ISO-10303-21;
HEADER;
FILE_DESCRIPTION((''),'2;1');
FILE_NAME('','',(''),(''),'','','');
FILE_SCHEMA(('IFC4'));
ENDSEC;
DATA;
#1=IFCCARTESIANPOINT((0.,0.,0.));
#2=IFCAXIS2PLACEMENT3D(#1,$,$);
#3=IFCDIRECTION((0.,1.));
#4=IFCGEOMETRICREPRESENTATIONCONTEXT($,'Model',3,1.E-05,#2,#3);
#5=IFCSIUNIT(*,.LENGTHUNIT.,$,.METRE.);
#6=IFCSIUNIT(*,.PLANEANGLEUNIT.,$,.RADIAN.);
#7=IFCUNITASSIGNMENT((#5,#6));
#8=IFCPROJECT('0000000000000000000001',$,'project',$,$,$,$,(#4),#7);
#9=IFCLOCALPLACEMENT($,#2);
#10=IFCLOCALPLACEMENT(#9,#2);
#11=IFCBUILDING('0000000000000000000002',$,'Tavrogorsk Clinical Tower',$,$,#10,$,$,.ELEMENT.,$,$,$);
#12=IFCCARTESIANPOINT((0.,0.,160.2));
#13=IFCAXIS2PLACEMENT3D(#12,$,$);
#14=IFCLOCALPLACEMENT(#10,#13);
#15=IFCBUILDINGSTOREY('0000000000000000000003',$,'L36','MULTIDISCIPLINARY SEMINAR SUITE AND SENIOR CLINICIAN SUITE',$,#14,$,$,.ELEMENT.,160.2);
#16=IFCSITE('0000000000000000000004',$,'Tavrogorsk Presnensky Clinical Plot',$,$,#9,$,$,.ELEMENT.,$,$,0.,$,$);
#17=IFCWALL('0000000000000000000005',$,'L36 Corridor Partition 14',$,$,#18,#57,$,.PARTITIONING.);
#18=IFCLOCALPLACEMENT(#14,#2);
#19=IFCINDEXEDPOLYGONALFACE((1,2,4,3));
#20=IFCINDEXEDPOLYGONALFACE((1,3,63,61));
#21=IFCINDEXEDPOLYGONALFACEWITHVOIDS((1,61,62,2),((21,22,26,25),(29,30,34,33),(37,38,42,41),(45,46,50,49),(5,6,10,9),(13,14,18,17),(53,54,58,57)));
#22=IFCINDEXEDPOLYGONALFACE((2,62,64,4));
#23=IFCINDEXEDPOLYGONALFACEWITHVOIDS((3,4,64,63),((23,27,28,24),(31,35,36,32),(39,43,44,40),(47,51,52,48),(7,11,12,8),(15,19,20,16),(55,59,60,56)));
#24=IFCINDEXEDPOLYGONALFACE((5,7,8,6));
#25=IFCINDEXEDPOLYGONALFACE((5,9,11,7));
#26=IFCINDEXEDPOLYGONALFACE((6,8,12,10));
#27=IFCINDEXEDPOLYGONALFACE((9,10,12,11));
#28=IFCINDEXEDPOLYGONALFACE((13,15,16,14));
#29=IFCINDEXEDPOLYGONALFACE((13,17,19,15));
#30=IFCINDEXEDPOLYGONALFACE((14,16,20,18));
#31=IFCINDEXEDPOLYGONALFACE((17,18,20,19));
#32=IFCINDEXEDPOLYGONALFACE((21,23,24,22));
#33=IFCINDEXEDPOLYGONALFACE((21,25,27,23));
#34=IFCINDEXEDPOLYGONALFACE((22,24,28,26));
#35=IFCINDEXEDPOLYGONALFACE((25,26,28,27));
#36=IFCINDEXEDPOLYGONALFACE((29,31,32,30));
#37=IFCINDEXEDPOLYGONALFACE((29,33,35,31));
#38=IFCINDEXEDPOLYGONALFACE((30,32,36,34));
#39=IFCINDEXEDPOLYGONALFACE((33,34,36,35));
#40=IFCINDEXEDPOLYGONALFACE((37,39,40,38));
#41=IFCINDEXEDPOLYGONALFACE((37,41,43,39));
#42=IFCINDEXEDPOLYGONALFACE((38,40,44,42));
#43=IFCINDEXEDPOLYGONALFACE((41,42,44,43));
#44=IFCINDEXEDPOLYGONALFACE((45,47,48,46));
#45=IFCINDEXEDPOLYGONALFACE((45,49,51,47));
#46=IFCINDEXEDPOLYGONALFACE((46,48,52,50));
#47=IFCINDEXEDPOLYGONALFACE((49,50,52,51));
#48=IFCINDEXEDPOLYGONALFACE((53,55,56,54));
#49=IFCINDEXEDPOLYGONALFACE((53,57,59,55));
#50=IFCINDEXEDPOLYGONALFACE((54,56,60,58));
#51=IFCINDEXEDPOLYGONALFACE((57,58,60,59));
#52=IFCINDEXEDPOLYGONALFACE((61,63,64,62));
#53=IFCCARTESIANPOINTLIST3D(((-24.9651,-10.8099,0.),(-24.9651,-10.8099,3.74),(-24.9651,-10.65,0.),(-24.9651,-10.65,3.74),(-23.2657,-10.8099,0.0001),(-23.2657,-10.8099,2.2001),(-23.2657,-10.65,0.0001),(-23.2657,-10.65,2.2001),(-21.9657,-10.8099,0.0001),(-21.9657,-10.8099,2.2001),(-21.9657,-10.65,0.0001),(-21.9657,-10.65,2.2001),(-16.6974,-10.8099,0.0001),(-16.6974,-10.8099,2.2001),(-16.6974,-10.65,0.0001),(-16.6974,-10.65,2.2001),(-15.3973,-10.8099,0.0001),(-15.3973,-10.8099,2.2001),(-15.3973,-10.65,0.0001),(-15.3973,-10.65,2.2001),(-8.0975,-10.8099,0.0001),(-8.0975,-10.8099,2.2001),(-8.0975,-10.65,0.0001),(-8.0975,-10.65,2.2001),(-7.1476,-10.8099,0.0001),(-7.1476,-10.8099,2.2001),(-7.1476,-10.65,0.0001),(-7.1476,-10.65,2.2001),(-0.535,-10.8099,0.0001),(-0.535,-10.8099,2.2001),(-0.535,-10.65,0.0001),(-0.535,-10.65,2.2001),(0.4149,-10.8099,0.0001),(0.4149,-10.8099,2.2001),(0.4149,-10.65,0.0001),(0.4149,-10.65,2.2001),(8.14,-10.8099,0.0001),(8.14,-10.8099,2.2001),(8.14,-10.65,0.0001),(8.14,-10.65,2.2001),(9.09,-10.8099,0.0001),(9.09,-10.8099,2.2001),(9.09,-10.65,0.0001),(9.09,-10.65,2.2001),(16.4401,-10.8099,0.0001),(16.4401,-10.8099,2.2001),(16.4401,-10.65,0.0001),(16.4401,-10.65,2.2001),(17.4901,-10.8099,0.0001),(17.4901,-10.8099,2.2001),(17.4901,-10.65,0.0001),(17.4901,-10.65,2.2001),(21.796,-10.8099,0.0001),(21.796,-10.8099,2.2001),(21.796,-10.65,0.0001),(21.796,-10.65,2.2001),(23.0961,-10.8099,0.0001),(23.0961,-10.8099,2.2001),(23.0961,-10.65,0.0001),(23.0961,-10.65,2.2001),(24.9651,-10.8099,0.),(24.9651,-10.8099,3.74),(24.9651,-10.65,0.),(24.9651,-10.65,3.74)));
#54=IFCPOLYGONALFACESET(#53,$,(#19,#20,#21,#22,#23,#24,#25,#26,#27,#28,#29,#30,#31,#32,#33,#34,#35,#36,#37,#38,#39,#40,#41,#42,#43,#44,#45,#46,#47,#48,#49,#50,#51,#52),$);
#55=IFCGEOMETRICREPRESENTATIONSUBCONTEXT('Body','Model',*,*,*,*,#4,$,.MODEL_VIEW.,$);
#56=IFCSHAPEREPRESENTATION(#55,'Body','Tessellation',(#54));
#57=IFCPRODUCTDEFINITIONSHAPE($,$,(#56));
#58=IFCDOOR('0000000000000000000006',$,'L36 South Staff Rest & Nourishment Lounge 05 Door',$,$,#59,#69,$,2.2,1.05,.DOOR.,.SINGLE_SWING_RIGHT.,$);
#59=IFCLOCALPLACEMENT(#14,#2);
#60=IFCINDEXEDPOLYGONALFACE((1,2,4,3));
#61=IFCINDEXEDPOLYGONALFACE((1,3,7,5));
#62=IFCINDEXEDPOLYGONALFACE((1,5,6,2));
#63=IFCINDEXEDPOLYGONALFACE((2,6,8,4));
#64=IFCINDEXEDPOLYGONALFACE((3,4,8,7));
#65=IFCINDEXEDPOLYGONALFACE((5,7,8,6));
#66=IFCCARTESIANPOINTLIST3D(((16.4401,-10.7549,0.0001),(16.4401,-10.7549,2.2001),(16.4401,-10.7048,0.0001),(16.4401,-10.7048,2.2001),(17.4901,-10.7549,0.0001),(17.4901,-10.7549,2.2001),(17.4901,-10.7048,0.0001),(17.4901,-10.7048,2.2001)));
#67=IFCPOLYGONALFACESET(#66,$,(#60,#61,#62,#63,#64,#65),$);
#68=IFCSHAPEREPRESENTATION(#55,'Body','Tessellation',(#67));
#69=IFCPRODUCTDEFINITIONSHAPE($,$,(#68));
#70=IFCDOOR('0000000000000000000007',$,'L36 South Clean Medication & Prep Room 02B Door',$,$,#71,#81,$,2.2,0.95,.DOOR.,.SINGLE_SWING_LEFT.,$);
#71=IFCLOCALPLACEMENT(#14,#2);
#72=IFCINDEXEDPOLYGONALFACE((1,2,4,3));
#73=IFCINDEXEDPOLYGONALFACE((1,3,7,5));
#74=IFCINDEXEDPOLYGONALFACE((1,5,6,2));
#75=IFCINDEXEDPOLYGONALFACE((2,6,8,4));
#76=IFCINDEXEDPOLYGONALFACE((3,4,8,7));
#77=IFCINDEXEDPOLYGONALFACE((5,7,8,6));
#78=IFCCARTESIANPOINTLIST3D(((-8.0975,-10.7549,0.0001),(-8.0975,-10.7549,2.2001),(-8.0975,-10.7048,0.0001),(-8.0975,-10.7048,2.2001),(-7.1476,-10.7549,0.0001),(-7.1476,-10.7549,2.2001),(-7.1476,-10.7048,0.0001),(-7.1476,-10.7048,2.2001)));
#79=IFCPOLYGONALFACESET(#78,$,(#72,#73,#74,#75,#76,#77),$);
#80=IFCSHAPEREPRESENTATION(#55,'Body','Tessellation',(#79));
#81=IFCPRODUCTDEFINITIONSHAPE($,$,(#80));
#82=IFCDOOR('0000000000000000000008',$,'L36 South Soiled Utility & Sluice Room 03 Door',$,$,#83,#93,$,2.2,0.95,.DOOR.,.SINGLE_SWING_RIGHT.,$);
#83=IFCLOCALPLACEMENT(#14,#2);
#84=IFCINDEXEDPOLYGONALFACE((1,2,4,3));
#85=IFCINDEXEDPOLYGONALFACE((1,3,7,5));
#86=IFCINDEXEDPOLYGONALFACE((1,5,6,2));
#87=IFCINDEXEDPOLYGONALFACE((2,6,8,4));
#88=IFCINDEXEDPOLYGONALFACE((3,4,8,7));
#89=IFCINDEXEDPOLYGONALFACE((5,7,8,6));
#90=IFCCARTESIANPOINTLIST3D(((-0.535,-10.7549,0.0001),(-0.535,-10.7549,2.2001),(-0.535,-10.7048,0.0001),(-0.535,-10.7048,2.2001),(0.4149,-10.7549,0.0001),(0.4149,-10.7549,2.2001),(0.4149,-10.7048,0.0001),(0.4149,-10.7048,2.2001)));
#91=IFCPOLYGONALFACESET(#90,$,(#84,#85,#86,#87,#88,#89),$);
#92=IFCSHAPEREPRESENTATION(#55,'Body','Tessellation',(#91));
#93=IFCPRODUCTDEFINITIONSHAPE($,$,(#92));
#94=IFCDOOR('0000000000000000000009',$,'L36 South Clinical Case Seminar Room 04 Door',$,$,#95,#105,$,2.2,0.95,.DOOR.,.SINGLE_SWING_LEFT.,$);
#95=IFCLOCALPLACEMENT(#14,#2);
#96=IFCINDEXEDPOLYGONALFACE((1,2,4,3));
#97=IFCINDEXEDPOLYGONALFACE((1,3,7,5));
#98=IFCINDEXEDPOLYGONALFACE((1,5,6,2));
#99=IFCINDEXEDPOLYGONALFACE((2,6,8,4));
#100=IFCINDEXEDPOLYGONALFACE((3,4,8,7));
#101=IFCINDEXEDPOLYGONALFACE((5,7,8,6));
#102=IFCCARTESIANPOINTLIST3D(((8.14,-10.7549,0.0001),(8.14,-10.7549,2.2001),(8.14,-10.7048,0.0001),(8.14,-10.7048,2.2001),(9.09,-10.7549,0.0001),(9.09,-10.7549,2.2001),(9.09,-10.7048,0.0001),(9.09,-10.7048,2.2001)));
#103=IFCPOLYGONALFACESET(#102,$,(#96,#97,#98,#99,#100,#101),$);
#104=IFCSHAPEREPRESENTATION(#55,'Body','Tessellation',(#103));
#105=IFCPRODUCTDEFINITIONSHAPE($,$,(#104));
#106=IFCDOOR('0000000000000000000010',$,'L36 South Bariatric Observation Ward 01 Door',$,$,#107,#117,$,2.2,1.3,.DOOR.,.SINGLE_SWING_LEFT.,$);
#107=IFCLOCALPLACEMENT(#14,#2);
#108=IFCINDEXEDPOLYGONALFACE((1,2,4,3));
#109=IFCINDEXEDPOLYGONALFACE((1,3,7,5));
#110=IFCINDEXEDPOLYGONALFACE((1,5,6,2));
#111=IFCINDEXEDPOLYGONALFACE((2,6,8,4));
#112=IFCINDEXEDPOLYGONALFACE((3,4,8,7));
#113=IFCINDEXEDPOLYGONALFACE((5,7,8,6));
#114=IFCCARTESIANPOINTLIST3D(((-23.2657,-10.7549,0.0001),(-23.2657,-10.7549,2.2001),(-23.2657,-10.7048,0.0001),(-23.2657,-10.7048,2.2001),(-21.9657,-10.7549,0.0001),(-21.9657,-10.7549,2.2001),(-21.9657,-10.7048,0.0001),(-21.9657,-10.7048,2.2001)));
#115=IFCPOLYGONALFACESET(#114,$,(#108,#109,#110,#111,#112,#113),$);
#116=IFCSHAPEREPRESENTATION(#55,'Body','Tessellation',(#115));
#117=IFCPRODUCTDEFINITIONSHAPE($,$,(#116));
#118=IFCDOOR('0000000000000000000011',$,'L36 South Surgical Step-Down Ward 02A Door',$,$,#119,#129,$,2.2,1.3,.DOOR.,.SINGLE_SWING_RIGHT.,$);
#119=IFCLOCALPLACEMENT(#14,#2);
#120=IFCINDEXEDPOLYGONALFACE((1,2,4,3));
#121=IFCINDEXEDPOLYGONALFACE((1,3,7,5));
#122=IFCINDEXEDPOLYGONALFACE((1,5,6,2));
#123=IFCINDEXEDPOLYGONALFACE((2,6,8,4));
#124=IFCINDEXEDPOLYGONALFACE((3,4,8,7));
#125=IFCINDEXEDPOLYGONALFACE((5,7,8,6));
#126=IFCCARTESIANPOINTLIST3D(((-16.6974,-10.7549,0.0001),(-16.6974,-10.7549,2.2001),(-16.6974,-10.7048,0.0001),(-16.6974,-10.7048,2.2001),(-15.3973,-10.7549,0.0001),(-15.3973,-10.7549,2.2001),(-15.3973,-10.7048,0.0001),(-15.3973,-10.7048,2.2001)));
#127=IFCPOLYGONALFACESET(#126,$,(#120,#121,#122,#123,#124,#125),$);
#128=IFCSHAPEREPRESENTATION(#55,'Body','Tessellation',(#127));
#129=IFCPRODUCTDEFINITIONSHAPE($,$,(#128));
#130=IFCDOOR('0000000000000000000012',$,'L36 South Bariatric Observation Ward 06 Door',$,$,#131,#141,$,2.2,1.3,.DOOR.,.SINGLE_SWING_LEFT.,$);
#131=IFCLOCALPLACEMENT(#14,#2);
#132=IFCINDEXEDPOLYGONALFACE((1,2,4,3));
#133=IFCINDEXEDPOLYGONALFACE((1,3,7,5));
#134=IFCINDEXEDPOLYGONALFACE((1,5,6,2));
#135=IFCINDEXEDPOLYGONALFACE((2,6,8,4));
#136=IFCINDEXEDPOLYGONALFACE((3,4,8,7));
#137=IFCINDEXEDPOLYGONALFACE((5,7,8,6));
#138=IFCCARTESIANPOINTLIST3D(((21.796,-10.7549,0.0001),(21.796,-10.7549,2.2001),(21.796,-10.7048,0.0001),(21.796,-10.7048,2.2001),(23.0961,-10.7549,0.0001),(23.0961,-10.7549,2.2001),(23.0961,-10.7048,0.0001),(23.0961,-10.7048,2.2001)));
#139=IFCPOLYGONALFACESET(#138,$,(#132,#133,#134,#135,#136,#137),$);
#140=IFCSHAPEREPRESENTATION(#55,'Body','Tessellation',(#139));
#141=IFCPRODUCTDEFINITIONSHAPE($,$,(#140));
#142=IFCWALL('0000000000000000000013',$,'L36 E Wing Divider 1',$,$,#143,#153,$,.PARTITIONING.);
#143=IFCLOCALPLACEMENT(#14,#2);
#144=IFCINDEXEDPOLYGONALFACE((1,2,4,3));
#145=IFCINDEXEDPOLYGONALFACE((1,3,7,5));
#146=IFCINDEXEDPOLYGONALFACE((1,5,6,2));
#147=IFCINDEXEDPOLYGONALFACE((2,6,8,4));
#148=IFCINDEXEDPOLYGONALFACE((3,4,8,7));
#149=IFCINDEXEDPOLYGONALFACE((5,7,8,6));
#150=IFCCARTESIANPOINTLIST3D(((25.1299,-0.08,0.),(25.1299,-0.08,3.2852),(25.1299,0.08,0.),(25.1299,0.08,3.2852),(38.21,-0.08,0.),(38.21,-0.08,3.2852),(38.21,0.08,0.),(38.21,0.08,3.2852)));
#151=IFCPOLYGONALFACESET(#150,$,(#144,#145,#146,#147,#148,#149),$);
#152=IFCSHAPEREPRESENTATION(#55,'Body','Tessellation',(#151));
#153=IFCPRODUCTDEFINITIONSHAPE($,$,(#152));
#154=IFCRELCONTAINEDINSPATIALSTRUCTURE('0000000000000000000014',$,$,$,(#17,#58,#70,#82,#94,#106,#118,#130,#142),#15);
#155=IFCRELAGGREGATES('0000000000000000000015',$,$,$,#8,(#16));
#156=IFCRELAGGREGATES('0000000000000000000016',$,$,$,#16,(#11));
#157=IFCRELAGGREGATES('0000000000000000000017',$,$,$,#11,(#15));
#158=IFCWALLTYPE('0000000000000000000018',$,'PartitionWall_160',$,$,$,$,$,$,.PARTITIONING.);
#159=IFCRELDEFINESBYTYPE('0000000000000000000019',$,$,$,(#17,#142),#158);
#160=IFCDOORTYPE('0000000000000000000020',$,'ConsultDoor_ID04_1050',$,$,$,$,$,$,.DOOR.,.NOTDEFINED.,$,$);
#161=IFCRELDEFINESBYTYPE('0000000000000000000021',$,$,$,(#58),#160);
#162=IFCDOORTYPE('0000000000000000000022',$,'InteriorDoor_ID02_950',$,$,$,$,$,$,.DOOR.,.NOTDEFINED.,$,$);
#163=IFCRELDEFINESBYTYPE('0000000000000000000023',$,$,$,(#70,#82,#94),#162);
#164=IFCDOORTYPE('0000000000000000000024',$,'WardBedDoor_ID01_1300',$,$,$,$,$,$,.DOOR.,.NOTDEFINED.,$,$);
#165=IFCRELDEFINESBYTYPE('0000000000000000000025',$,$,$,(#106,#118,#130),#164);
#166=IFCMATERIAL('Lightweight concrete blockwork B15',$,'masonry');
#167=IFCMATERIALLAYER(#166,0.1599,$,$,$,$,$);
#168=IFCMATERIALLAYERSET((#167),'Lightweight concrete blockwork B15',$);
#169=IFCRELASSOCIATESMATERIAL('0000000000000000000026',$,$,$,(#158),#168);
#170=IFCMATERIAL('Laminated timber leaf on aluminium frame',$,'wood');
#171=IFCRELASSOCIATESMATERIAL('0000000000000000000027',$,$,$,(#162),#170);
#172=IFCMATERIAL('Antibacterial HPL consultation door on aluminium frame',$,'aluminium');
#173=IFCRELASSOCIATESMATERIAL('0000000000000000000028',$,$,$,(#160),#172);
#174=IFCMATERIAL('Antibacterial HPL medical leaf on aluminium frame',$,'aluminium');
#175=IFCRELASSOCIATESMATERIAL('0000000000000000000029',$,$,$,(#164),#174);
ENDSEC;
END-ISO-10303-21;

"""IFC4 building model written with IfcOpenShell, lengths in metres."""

from ifc_helpers import new_model, si_unit, direction, frame, frame_2d, origin, place, context, subcontext, project, spatial, rectangle, extrude, material, layer, layer_set, type_object, element, fill, save


model = new_model("IFC4")

# Units and contexts
model_context = context("Model", 3, precision=1e-05, world=origin(), true_north=direction((0.0, 1.0)))
body_context = subcontext(model_context, "Body", "Model", "MODEL_VIEW")
ifc_project = project(units=[si_unit("LENGTHUNIT", "METRE"), si_unit("PLANEANGLEUNIT", "RADIAN")], contexts=[model_context])

# Site, building, storey
site_placement = place(None, origin())
site = spatial("IfcSite", under=ifc_project, at=site_placement, Name="Tavrogorsk Presnensky Clinical Plot", CompositionType="ELEMENT", RefElevation=0.0)
building_placement = place(site_placement, origin())
building = spatial("IfcBuilding", under=site, at=building_placement, Name="Tavrogorsk Clinical Tower", CompositionType="ELEMENT")
storey_placement = place(building_placement, frame((0.0, 0.0, 160.2)))
storey = spatial("IfcBuildingStorey", under=building, at=storey_placement, Name="L36", Description="MULTIDISCIPLINARY SEMINAR SUITE AND SENIOR CLINICIAN SUITE", CompositionType="ELEMENT", Elevation=160.2)

# Shared definitions
ifc_material_1 = material(Name="Lightweight concrete blockwork B15", Category="masonry")
ifc_layer = layer(ifc_material_1, 0.1599)
ifc_layer_set = layer_set([ifc_layer], Name="Lightweight concrete blockwork B15")
wall_type = type_object("IfcWallType", Name="PartitionWall_160", PredefinedType="PARTITIONING", material=ifc_layer_set)
ifc_material_2 = material(Name="Laminated timber leaf on aluminium frame", Category="wood")
door_type_1 = type_object("IfcDoorType", Name="InteriorDoor_ID02_950", OperationType="NOTDEFINED", PredefinedType="DOOR", material=ifc_material_2)

# Wall, openings, doors
wall_1_placement = place(storey_placement, frame((24.9651, -10.73, 0.0), z_axis=(0.0, 0.0, 1.0), x_axis=(-1.0, 0.0, 0.0)))
wall_1 = element("IfcWall", 1, at=wall_1_placement, inside=storey, type_object=wall_type, Name="L36 Corridor Partition 14", PredefinedType="PARTITIONING", context=body_context, shape_type="SweptSolid", body=[
    extrude(rectangle(XDim=49.9302, YDim=0.1599, at=frame_2d((24.9651, 0.0))), origin(), (0.0, 0.0, 1.0), 3.74),
])
opening_1_placement = place(wall_1_placement, frame((46.9309, 0.0, 0.0)))
opening_1 = element("IfcOpeningElement", 2, at=opening_1_placement, cuts=wall_1, PredefinedType="OPENING", context=body_context, shape_type="SweptSolid", body=[
    extrude(rectangle(XDim=1.3, YDim=2.2, at=frame_2d((0.6499, 1.1001))), frame((0.0, 0.0898, 0.0), z_axis=(0.0, -1.0, 0.0), x_axis=(1.0, 0.0, 0.0)), (0.0, 0.0, 1.0), 0.1799),
])
opening_2_placement = place(wall_1_placement, frame((40.3625, 0.0, 0.0)))
opening_2 = element("IfcOpeningElement", 3, at=opening_2_placement, cuts=wall_1, PredefinedType="OPENING", context=body_context, shape_type="SweptSolid", body=[
    extrude(rectangle(XDim=1.3, YDim=2.2, at=frame_2d((0.6499, 1.1001))), frame((0.0, 0.0898, 0.0), z_axis=(0.0, -1.0, 0.0), x_axis=(1.0, 0.0, 0.0)), (0.0, 0.0, 1.0), 0.1799),
])
opening_3_placement = place(wall_1_placement, frame((32.1125, 0.0, 0.0)))
opening_3 = element("IfcOpeningElement", 4, at=opening_3_placement, cuts=wall_1, PredefinedType="OPENING", context=body_context, shape_type="SweptSolid", body=[
    extrude(rectangle(XDim=0.95, YDim=2.2, at=frame_2d((0.4751, 1.1001))), frame((0.0, 0.0898, 0.0), z_axis=(0.0, -1.0, 0.0), x_axis=(1.0, 0.0, 0.0)), (0.0, 0.0, 1.0), 0.1799),
])
opening_4_placement = place(wall_1_placement, frame((24.55, 0.0, 0.0)))
opening_4 = element("IfcOpeningElement", 5, at=opening_4_placement, cuts=wall_1, PredefinedType="OPENING", context=body_context, shape_type="SweptSolid", body=[
    extrude(rectangle(XDim=0.95, YDim=2.2, at=frame_2d((0.4751, 1.1001))), frame((0.0, 0.0898, 0.0), z_axis=(0.0, -1.0, 0.0), x_axis=(1.0, 0.0, 0.0)), (0.0, 0.0, 1.0), 0.1799),
])
opening_5_placement = place(wall_1_placement, frame((15.875, 0.0, 0.0)))
opening_5 = element("IfcOpeningElement", 6, at=opening_5_placement, cuts=wall_1, PredefinedType="OPENING", context=body_context, shape_type="SweptSolid", body=[
    extrude(rectangle(XDim=0.95, YDim=2.2, at=frame_2d((0.4751, 1.1001))), frame((0.0, 0.0898, 0.0), z_axis=(0.0, -1.0, 0.0), x_axis=(1.0, 0.0, 0.0)), (0.0, 0.0, 1.0), 0.1799),
])
opening_6_placement = place(wall_1_placement, frame((7.4751, 0.0, 0.0)))
opening_6 = element("IfcOpeningElement", 7, at=opening_6_placement, cuts=wall_1, PredefinedType="OPENING", context=body_context, shape_type="SweptSolid", body=[
    extrude(rectangle(XDim=1.05, YDim=2.2, at=frame_2d((0.5249, 1.1001))), frame((0.0, 0.0898, 0.0), z_axis=(0.0, -1.0, 0.0), x_axis=(1.0, 0.0, 0.0)), (0.0, 0.0, 1.0), 0.1799),
])
opening_7_placement = place(wall_1_placement, frame((1.8691, 0.0, 0.0)))
opening_7 = element("IfcOpeningElement", 8, at=opening_7_placement, cuts=wall_1, PredefinedType="OPENING", context=body_context, shape_type="SweptSolid", body=[
    extrude(rectangle(XDim=1.3, YDim=2.2, at=frame_2d((0.6499, 1.1001))), frame((0.0, 0.0898, 0.0), z_axis=(0.0, -1.0, 0.0), x_axis=(1.0, 0.0, 0.0)), (0.0, 0.0, 1.0), 0.1799),
])
ifc_material_3 = material(Name="Antibacterial HPL consultation door on aluminium frame", Category="aluminium")
door_type_2 = type_object("IfcDoorType", Name="ConsultDoor_ID04_1050", OperationType="NOTDEFINED", PredefinedType="DOOR", material=ifc_material_3)
door_1_placement = place(opening_6_placement, origin())
door_1 = element("IfcDoor", 9, at=door_1_placement, inside=storey, type_object=door_type_2, Name="L36 South Staff Rest & Nourishment Lounge 05 Door", OperationType="SINGLE_SWING_RIGHT", OverallHeight=2.2, OverallWidth=1.05, PredefinedType="DOOR", context=body_context, shape_type="SweptSolid", body=[
    extrude(rectangle(XDim=1.05, YDim=2.2, at=frame_2d((0.5249, 1.1001))), frame((0.0, 0.0249, 0.0), z_axis=(0.0, -1.0, 0.0), x_axis=(1.0, 0.0, 0.0)), (0.0, 0.0, 1.0), 0.05),
])
fill(opening_6, door_1)
door_2_placement = place(opening_3_placement, origin())
door_2 = element("IfcDoor", 10, at=door_2_placement, inside=storey, type_object=door_type_1, Name="L36 South Clean Medication & Prep Room 02B Door", OperationType="SINGLE_SWING_LEFT", OverallHeight=2.2, OverallWidth=0.95, PredefinedType="DOOR", context=body_context, shape_type="SweptSolid", body=[
    extrude(rectangle(XDim=0.95, YDim=2.2, at=frame_2d((0.4751, 1.1001))), frame((0.0, 0.0249, 0.0), z_axis=(0.0, -1.0, 0.0), x_axis=(1.0, 0.0, 0.0)), (0.0, 0.0, 1.0), 0.05),
])
fill(opening_3, door_2)
door_3_placement = place(opening_4_placement, origin())
door_3 = element("IfcDoor", 11, at=door_3_placement, inside=storey, type_object=door_type_1, Name="L36 South Soiled Utility & Sluice Room 03 Door", OperationType="SINGLE_SWING_RIGHT", OverallHeight=2.2, OverallWidth=0.95, PredefinedType="DOOR", context=body_context, shape_type="SweptSolid", body=[
    extrude(rectangle(XDim=0.95, YDim=2.2, at=frame_2d((0.4751, 1.1001))), frame((0.0, 0.0249, 0.0), z_axis=(0.0, -1.0, 0.0), x_axis=(1.0, 0.0, 0.0)), (0.0, 0.0, 1.0), 0.05),
])
fill(opening_4, door_3)
door_4_placement = place(opening_5_placement, origin())
door_4 = element("IfcDoor", 12, at=door_4_placement, inside=storey, type_object=door_type_1, Name="L36 South Clinical Case Seminar Room 04 Door", OperationType="SINGLE_SWING_LEFT", OverallHeight=2.2, OverallWidth=0.95, PredefinedType="DOOR", context=body_context, shape_type="SweptSolid", body=[
    extrude(rectangle(XDim=0.95, YDim=2.2, at=frame_2d((0.4751, 1.1001))), frame((0.0, 0.0249, 0.0), z_axis=(0.0, -1.0, 0.0), x_axis=(1.0, 0.0, 0.0)), (0.0, 0.0, 1.0), 0.05),
])
fill(opening_5, door_4)
ifc_material_4 = material(Name="Antibacterial HPL medical leaf on aluminium frame", Category="aluminium")
door_type_3 = type_object("IfcDoorType", Name="WardBedDoor_ID01_1300", OperationType="NOTDEFINED", PredefinedType="DOOR", material=ifc_material_4)
door_5_placement = place(opening_1_placement, origin())
door_5 = element("IfcDoor", 13, at=door_5_placement, inside=storey, type_object=door_type_3, Name="L36 South Bariatric Observation Ward 01 Door", OperationType="SINGLE_SWING_LEFT", OverallHeight=2.2, OverallWidth=1.3, PredefinedType="DOOR", context=body_context, shape_type="SweptSolid", body=[
    extrude(rectangle(XDim=1.3, YDim=2.2, at=frame_2d((0.6499, 1.1001))), frame((0.0, 0.0249, 0.0), z_axis=(0.0, -1.0, 0.0), x_axis=(1.0, 0.0, 0.0)), (0.0, 0.0, 1.0), 0.05),
])
fill(opening_1, door_5)
door_6_placement = place(opening_2_placement, origin())
door_6 = element("IfcDoor", 14, at=door_6_placement, inside=storey, type_object=door_type_3, Name="L36 South Surgical Step-Down Ward 02A Door", OperationType="SINGLE_SWING_RIGHT", OverallHeight=2.2, OverallWidth=1.3, PredefinedType="DOOR", context=body_context, shape_type="SweptSolid", body=[
    extrude(rectangle(XDim=1.3, YDim=2.2, at=frame_2d((0.6499, 1.1001))), frame((0.0, 0.0249, 0.0), z_axis=(0.0, -1.0, 0.0), x_axis=(1.0, 0.0, 0.0)), (0.0, 0.0, 1.0), 0.05),
])
fill(opening_2, door_6)
door_7_placement = place(opening_7_placement, origin())
door_7 = element("IfcDoor", 15, at=door_7_placement, inside=storey, type_object=door_type_3, Name="L36 South Bariatric Observation Ward 06 Door", OperationType="SINGLE_SWING_LEFT", OverallHeight=2.2, OverallWidth=1.3, PredefinedType="DOOR", context=body_context, shape_type="SweptSolid", body=[
    extrude(rectangle(XDim=1.3, YDim=2.2, at=frame_2d((0.6499, 1.1001))), frame((0.0, 0.0249, 0.0), z_axis=(0.0, -1.0, 0.0), x_axis=(1.0, 0.0, 0.0)), (0.0, 0.0, 1.0), 0.05),
])
fill(opening_7, door_7)

# Wall
wall_2_placement = place(storey_placement, frame((25.1299, 0.0, 0.0), z_axis=(0.0, 0.0, 1.0), x_axis=(1.0, 0.0, 0.0)))
element("IfcWall", 16, at=wall_2_placement, inside=storey, type_object=wall_type, Name="L36 E Wing Divider 1", PredefinedType="PARTITIONING", context=body_context, shape_type="SweptSolid", body=[
    extrude(rectangle(XDim=13.0801, YDim=0.1599, at=frame_2d((6.54, 0.0))), origin(), (0.0, 0.0, 1.0), 3.2852),
])

save(model, "model.ifc")
